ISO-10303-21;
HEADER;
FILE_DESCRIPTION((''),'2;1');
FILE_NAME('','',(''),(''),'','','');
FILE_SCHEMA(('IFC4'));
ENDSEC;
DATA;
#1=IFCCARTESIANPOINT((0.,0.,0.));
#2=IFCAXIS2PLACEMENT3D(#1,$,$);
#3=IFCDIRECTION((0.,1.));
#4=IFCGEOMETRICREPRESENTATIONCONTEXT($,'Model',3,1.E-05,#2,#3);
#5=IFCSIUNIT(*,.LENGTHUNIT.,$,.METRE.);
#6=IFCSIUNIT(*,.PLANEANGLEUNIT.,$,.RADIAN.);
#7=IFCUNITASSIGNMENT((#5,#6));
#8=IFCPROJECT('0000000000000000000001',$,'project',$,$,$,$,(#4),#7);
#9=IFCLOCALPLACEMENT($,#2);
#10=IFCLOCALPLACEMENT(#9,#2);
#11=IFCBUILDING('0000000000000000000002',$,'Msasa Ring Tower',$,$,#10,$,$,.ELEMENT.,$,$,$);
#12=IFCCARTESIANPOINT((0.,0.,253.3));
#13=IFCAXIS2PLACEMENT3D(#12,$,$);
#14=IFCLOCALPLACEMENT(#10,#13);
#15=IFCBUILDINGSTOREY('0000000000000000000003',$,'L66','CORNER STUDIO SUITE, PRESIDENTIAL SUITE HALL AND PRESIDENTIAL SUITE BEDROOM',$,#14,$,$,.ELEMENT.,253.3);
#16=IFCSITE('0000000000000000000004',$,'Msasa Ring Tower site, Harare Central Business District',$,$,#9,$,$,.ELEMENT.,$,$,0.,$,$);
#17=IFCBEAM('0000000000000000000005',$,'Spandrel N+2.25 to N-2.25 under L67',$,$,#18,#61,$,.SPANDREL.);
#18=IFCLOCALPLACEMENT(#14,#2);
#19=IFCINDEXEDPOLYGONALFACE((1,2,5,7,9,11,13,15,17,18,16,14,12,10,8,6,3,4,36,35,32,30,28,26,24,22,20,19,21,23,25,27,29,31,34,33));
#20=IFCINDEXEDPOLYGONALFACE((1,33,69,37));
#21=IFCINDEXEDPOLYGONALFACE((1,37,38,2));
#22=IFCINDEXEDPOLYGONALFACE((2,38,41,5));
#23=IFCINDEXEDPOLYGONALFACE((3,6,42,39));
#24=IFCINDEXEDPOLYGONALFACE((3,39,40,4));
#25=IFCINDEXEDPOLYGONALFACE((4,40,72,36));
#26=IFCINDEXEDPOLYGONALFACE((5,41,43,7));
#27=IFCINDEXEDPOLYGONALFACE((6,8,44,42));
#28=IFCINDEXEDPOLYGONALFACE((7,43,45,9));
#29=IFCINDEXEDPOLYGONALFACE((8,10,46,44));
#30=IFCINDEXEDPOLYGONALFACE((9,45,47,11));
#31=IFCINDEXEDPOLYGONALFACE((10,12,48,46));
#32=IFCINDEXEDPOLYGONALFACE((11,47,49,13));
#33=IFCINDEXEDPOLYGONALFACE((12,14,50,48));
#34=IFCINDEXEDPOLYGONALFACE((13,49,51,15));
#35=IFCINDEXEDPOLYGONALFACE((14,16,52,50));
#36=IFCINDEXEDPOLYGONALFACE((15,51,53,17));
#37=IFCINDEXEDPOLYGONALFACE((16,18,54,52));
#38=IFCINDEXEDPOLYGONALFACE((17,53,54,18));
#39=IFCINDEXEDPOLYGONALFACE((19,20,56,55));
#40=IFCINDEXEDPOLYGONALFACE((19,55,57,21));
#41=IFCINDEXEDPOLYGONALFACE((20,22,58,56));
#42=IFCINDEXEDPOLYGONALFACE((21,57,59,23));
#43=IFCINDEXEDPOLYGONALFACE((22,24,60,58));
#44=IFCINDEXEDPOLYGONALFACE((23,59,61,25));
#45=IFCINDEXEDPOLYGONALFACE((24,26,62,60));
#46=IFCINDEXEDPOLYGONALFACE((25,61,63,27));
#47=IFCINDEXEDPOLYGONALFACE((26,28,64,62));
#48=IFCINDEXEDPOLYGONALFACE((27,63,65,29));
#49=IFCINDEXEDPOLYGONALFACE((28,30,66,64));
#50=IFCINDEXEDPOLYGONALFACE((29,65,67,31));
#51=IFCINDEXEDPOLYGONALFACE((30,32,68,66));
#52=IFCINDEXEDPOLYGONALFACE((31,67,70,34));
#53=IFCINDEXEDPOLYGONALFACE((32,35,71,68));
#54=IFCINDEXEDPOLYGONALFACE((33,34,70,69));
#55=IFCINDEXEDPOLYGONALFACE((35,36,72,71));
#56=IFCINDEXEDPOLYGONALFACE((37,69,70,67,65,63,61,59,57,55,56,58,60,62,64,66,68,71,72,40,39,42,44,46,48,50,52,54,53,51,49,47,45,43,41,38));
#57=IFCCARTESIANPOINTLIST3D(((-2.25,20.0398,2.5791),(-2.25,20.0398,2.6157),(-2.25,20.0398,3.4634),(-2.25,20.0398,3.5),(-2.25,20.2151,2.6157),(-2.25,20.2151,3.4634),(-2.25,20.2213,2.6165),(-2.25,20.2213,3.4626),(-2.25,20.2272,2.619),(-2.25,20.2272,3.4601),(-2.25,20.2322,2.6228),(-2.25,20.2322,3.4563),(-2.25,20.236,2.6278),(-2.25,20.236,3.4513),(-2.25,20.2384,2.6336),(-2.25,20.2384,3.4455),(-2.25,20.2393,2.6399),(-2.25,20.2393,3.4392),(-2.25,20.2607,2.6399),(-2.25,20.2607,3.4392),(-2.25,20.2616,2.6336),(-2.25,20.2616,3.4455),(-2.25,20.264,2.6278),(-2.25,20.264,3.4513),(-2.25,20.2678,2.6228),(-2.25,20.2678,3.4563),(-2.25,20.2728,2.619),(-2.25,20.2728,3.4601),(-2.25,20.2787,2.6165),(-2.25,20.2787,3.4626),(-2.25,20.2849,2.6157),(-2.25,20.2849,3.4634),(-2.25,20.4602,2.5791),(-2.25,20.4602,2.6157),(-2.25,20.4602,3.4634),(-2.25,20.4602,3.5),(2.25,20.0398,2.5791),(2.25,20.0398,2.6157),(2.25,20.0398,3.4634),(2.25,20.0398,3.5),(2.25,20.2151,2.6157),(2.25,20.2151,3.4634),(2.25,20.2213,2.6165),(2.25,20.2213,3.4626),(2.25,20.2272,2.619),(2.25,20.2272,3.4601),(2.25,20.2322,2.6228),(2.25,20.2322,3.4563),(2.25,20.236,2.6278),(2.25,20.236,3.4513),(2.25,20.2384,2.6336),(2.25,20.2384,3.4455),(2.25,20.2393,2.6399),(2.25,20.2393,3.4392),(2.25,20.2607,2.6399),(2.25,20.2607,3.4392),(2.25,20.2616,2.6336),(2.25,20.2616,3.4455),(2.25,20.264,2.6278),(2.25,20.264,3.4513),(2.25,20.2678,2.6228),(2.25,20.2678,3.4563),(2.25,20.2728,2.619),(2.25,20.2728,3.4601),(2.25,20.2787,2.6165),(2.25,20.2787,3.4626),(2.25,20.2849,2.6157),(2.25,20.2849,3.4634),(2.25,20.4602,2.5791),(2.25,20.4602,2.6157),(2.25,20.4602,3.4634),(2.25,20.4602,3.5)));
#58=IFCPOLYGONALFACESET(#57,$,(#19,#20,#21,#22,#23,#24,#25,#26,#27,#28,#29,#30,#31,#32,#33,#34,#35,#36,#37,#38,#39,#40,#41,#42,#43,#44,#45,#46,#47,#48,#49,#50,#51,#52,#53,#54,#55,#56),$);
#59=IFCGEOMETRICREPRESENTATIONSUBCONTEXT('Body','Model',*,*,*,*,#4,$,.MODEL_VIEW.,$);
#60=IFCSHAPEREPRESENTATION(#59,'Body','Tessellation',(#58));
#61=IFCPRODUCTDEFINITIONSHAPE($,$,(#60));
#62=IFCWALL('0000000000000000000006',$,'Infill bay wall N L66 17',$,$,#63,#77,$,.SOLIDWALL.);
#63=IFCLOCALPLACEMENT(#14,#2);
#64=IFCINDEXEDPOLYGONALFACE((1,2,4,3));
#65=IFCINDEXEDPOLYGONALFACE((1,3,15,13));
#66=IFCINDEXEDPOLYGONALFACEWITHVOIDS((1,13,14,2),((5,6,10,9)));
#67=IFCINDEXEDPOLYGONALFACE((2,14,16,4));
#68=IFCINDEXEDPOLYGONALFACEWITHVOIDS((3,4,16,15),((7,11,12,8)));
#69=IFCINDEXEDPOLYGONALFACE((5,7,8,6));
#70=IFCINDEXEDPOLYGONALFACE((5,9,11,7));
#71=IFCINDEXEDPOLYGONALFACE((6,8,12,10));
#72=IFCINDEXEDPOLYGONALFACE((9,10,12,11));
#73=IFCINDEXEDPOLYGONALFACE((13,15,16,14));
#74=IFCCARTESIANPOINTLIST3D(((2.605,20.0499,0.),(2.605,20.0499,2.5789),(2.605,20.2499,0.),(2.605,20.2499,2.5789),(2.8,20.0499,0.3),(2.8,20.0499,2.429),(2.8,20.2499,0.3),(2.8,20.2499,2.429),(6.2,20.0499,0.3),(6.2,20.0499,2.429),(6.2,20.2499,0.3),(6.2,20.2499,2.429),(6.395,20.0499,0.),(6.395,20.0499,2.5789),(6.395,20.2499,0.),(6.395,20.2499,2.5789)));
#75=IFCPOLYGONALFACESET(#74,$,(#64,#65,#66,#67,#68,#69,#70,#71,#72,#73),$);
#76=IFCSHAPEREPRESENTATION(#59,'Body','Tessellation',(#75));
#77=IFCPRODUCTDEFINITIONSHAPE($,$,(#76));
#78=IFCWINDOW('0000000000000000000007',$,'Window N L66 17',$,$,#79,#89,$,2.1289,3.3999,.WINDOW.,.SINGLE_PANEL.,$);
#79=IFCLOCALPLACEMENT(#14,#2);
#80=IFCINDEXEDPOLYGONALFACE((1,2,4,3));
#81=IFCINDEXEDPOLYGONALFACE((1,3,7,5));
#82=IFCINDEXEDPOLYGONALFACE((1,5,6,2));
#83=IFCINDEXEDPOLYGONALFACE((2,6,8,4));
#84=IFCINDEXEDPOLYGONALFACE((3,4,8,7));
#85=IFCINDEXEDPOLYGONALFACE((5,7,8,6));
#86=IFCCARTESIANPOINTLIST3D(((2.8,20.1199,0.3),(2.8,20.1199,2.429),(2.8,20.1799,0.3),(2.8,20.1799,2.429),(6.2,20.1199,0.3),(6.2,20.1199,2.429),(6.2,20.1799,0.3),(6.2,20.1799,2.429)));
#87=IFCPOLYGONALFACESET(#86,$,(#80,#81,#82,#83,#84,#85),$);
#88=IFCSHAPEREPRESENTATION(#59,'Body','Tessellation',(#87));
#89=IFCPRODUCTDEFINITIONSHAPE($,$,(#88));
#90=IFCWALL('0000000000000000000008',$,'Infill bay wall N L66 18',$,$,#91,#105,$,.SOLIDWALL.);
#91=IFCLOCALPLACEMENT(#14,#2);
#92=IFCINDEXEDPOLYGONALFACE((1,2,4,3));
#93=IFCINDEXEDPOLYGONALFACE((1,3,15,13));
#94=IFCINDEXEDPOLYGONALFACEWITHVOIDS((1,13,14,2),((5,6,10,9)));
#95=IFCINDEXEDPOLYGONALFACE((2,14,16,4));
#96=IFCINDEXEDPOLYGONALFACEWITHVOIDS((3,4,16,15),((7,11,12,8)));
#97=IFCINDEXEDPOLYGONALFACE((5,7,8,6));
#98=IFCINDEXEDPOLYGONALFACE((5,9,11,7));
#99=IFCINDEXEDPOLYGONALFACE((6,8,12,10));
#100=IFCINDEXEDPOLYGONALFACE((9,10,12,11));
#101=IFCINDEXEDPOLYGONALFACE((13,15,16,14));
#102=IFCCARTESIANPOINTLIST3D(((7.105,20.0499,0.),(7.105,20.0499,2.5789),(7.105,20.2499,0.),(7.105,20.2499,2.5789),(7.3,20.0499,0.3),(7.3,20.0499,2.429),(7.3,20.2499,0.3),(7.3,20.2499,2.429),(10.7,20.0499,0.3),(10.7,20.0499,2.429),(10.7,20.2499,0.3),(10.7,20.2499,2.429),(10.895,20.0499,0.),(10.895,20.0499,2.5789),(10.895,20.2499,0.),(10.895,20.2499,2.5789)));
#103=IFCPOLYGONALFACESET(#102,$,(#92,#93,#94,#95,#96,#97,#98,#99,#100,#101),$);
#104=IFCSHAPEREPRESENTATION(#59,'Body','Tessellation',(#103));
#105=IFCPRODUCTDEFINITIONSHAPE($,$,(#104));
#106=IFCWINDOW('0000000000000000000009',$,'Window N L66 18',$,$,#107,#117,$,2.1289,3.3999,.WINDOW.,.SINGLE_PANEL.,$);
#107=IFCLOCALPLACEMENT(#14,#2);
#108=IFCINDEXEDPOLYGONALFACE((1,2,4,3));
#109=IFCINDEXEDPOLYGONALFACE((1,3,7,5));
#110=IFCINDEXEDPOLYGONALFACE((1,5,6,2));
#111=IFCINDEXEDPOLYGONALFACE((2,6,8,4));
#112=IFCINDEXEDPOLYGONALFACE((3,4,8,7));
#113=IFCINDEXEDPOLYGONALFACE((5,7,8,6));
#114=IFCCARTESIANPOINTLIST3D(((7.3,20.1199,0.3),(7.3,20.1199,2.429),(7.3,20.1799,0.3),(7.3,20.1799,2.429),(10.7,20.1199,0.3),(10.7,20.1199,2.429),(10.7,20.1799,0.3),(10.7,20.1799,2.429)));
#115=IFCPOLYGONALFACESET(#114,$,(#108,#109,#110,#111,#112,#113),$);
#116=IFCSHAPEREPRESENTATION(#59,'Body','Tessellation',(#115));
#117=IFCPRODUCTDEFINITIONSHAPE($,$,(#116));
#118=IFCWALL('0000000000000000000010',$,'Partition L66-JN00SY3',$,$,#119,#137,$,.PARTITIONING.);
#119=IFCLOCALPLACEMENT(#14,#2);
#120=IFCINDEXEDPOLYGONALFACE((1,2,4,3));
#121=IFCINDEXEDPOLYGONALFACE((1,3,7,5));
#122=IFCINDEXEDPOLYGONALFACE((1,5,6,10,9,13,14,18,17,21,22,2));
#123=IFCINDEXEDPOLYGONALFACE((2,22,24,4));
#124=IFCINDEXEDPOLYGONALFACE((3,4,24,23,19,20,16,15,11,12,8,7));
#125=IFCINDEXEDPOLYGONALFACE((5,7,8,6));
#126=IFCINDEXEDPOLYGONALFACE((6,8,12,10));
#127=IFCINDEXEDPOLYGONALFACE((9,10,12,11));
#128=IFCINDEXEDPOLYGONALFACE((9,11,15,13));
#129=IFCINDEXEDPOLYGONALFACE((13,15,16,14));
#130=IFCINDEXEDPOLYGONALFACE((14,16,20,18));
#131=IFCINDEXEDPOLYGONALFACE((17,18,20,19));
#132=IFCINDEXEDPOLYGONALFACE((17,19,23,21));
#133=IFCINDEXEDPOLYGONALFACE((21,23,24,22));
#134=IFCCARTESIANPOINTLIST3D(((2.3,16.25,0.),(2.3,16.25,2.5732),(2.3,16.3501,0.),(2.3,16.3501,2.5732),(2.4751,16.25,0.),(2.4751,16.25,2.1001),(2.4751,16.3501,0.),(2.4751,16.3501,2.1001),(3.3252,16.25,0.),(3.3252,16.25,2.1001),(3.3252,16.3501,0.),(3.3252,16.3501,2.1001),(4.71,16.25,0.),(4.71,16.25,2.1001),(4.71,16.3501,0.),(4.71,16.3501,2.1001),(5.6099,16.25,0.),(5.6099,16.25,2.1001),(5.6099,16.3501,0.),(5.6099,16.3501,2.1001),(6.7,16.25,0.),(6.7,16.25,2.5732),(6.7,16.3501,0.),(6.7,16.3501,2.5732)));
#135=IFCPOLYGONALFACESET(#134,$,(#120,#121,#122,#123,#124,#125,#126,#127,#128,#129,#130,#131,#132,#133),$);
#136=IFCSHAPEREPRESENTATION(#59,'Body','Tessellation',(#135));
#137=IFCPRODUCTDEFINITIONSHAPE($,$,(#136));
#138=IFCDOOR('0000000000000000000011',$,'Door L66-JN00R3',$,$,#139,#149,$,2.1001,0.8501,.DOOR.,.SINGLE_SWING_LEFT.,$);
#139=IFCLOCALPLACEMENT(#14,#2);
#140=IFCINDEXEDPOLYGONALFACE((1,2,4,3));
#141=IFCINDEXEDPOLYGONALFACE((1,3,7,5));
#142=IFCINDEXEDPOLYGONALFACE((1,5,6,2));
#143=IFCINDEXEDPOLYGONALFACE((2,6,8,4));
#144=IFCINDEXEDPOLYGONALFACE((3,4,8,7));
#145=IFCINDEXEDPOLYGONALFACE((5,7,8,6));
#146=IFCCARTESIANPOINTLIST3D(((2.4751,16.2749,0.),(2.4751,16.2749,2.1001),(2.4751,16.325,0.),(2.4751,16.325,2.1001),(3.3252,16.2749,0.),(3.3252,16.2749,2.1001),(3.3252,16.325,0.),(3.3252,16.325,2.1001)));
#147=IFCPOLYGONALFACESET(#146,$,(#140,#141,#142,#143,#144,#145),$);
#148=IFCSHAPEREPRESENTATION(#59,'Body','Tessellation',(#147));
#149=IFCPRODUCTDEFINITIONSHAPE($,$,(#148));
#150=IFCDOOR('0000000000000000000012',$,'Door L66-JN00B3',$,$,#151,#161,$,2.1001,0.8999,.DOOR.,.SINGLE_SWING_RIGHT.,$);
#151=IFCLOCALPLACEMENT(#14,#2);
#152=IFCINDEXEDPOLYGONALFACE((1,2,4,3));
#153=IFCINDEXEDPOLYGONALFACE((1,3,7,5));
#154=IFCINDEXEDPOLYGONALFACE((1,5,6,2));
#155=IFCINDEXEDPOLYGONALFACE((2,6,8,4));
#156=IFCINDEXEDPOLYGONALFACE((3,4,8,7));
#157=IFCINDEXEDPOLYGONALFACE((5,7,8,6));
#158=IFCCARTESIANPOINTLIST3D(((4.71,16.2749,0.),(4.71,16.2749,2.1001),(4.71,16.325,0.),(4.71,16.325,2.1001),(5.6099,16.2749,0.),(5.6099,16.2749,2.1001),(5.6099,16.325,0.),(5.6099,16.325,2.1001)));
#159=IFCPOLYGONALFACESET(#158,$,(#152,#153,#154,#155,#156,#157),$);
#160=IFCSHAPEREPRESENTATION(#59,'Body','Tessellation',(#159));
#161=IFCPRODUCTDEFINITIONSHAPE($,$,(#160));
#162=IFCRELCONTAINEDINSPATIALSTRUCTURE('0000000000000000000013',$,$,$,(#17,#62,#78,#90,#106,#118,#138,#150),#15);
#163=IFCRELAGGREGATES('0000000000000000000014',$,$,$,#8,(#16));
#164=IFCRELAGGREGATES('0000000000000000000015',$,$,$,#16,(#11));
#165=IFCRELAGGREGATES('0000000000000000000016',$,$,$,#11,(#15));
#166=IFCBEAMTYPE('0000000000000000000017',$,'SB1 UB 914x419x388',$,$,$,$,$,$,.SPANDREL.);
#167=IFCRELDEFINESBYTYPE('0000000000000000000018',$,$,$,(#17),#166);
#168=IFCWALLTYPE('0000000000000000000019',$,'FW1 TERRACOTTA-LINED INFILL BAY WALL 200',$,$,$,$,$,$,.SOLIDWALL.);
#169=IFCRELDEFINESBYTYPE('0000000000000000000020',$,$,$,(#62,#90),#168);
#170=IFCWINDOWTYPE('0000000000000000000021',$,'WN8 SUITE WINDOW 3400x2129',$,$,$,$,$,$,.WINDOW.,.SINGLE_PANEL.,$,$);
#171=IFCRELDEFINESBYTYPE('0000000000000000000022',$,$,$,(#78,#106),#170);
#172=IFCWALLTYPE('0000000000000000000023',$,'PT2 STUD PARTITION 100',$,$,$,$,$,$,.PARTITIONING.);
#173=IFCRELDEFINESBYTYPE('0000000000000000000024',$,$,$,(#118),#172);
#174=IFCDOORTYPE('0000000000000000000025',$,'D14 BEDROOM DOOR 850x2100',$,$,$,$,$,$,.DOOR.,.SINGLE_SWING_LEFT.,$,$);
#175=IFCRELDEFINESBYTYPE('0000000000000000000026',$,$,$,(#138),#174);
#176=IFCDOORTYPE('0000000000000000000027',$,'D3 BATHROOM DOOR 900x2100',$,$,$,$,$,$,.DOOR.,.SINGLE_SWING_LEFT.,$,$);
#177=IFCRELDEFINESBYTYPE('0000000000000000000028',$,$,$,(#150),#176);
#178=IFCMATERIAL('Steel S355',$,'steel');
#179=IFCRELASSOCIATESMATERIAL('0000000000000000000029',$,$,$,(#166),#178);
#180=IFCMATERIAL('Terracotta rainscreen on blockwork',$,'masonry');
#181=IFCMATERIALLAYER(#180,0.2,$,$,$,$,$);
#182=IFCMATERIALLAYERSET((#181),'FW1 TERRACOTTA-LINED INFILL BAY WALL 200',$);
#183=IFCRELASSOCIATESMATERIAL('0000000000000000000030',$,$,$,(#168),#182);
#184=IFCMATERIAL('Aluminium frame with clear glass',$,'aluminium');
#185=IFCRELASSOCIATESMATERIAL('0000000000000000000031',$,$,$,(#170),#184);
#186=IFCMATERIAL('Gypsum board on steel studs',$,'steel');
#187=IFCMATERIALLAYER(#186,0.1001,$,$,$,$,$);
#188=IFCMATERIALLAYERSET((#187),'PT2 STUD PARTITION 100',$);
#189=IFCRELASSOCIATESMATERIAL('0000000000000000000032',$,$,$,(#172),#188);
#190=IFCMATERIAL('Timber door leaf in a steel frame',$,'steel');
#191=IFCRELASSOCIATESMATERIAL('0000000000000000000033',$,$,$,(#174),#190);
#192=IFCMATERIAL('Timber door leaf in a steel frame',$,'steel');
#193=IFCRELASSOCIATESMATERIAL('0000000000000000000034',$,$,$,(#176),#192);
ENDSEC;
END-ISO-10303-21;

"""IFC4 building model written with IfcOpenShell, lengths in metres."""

from ifc_helpers import new_model, si_unit, direction, frame, frame_2d, origin, origin_2d, place, context, subcontext, project, spatial, rectangle, i_section, extrude, material, layer, layer_set, material_profile, profile_set, type_object, element, fill, save


model = new_model("IFC4")

# Units and contexts
model_context = context("Model", 3, precision=1e-05, world=origin(), true_north=direction((0.0, 1.0)))
body_context = subcontext(model_context, "Body", "Model", "MODEL_VIEW")
ifc_project = project(units=[si_unit("LENGTHUNIT", "METRE"), si_unit("PLANEANGLEUNIT", "RADIAN")], contexts=[model_context])

# Site, building, storey
site_placement = place(None, origin())
site = spatial("IfcSite", under=ifc_project, at=site_placement, Name="Msasa Ring Tower site, Harare Central Business District", CompositionType="ELEMENT", RefElevation=0.0)
building_placement = place(site_placement, origin())
building = spatial("IfcBuilding", under=site, at=building_placement, Name="Msasa Ring Tower", CompositionType="ELEMENT")
storey_placement = place(building_placement, frame((0.0, 0.0, 253.3)))
storey = spatial("IfcBuildingStorey", under=building, at=storey_placement, Name="L66", Description="CORNER STUDIO SUITE, PRESIDENTIAL SUITE HALL AND PRESIDENTIAL SUITE BEDROOM", CompositionType="ELEMENT", Elevation=253.3)

# Beam
ifc_material_1 = material(Name="Steel S355", Category="steel")
ifc_material_profile_1 = material_profile(ifc_material_1, i_section(OverallWidth=0.4204, OverallDepth=0.9209, WebThickness=0.0215, FlangeThickness=0.0366, FilletRadius=0.0242, at=origin_2d()), Name="UB 914x419x388")
ifc_profile_set_1 = profile_set([ifc_material_profile_1], Name="Steel S355")
beam_type_1 = type_object("IfcBeamType", Name="SB1 UB 914x419x388", PredefinedType="SPANDREL", material=ifc_profile_set_1)
for number, where, z_axis, x_axis, name in (
    (1, (2.25, 20.25, 3.0396), (-1.0, 0.0, 0.0), (0.0, -1.0, 0.0), "Spandrel N+2.25 to N-2.25 under L67"),
):
    element("IfcBeam", number, at=place(storey_placement, frame(where, z_axis=z_axis, x_axis=x_axis)), inside=storey, type_object=beam_type_1, Name=name, PredefinedType="SPANDREL", context=body_context, shape_type="SweptSolid", body=[
        extrude(i_section(OverallWidth=0.4204, OverallDepth=0.9209, WebThickness=0.0215, FlangeThickness=0.0366, FilletRadius=0.0242, at=origin_2d()), origin(), (0.0, 0.0, 1.0), 4.5),
    ])

# Walls, openings, windows
ifc_material_2 = material(Name="Terracotta rainscreen on blockwork", Category="masonry")
ifc_layer_1 = layer(ifc_material_2, 0.2)
ifc_layer_set_1 = layer_set([ifc_layer_1], Name="FW1 TERRACOTTA-LINED INFILL BAY WALL 200")
wall_type_1 = type_object("IfcWallType", Name="FW1 TERRACOTTA-LINED INFILL BAY WALL 200", PredefinedType="SOLIDWALL", material=ifc_layer_set_1)
wall_1_placement = place(storey_placement, frame((2.605, 20.1499, 0.0), z_axis=(0.0, 0.0, 1.0), x_axis=(1.0, 0.0, 0.0)))
wall_1 = element("IfcWall", 2, at=wall_1_placement, inside=storey, type_object=wall_type_1, Name="Infill bay wall N L66 17", PredefinedType="SOLIDWALL", context=body_context, shape_type="SweptSolid", body=[
    extrude(rectangle(XDim=3.79, YDim=0.2, at=frame_2d((1.895, 0.0))), origin(), (0.0, 0.0, 1.0), 2.5789),
])
opening_1_placement = place(wall_1_placement, frame((0.1951, 0.0, 0.3)))
opening_1 = element("IfcOpeningElement", 3, at=opening_1_placement, cuts=wall_1, PredefinedType="OPENING", context=body_context, shape_type="SweptSolid", body=[
    extrude(rectangle(XDim=3.3999, YDim=2.1289, at=frame_2d((1.7, 1.0645))), frame((0.0, 0.1099, 0.0), z_axis=(0.0, -1.0, 0.0), x_axis=(1.0, 0.0, 0.0)), (0.0, 0.0, 1.0), 0.22),
])
ifc_material_3 = material(Name="Aluminium frame with clear glass", Category="aluminium")
window_type = type_object("IfcWindowType", Name="WN8 SUITE WINDOW 3400x2129", PartitioningType="SINGLE_PANEL", PredefinedType="WINDOW", material=ifc_material_3)
window_1_placement = place(opening_1_placement, origin())
window_1 = element("IfcWindow", 4, at=window_1_placement, inside=storey, type_object=window_type, Name="Window N L66 17", OverallHeight=2.1289, OverallWidth=3.3999, PartitioningType="SINGLE_PANEL", PredefinedType="WINDOW", context=body_context, shape_type="SweptSolid", body=[
    extrude(rectangle(XDim=3.3999, YDim=2.1289, at=frame_2d((1.7, 1.0645))), frame((0.0, 0.03, 0.0), z_axis=(0.0, -1.0, 0.0), x_axis=(1.0, 0.0, 0.0)), (0.0, 0.0, 1.0), 0.0601),
])
fill(opening_1, window_1)
wall_2_placement = place(storey_placement, frame((7.105, 20.1499, 0.0), z_axis=(0.0, 0.0, 1.0), x_axis=(1.0, 0.0, 0.0)))
wall_2 = element("IfcWall", 5, at=wall_2_placement, inside=storey, type_object=wall_type_1, Name="Infill bay wall N L66 18", PredefinedType="SOLIDWALL", context=body_context, shape_type="SweptSolid", body=[
    extrude(rectangle(XDim=3.79, YDim=0.2, at=frame_2d((1.895, 0.0))), origin(), (0.0, 0.0, 1.0), 2.5789),
])
opening_2_placement = place(wall_2_placement, frame((0.1951, 0.0, 0.3)))
opening_2 = element("IfcOpeningElement", 6, at=opening_2_placement, cuts=wall_2, PredefinedType="OPENING", context=body_context, shape_type="SweptSolid", body=[
    extrude(rectangle(XDim=3.3999, YDim=2.1289, at=frame_2d((1.7, 1.0645))), frame((0.0, 0.1099, 0.0), z_axis=(0.0, -1.0, 0.0), x_axis=(1.0, 0.0, 0.0)), (0.0, 0.0, 1.0), 0.22),
])
window_2_placement = place(opening_2_placement, origin())
window_2 = element("IfcWindow", 7, at=window_2_placement, inside=storey, type_object=window_type, Name="Window N L66 18", OverallHeight=2.1289, OverallWidth=3.3999, PartitioningType="SINGLE_PANEL", PredefinedType="WINDOW", context=body_context, shape_type="SweptSolid", body=[
    extrude(rectangle(XDim=3.3999, YDim=2.1289, at=frame_2d((1.7, 1.0645))), frame((0.0, 0.03, 0.0), z_axis=(0.0, -1.0, 0.0), x_axis=(1.0, 0.0, 0.0)), (0.0, 0.0, 1.0), 0.0601),
])
fill(opening_2, window_2)

# Wall, openings, doors
ifc_material_4 = material(Name="Gypsum board on steel studs", Category="steel")
ifc_layer_2 = layer(ifc_material_4, 0.1001)
ifc_layer_set_2 = layer_set([ifc_layer_2], Name="PT2 STUD PARTITION 100")
wall_type_2 = type_object("IfcWallType", Name="PT2 STUD PARTITION 100", PredefinedType="PARTITIONING", material=ifc_layer_set_2)
wall_3_placement = place(storey_placement, frame((2.3, 16.3, 0.0), z_axis=(0.0, 0.0, 1.0), x_axis=(1.0, 0.0, 0.0)))
wall_3 = element("IfcWall", 8, at=wall_3_placement, inside=storey, type_object=wall_type_2, Name="Partition L66-JN00SY3", PredefinedType="PARTITIONING", context=body_context, shape_type="SweptSolid", body=[
    extrude(rectangle(XDim=4.3999, YDim=0.1001, at=frame_2d((2.2, 0.0))), origin(), (0.0, 0.0, 1.0), 2.5732),
])
opening_3_placement = place(wall_3_placement, frame((0.175, 0.0, 0.0)))
opening_3 = element("IfcOpeningElement", 9, at=opening_3_placement, cuts=wall_3, PredefinedType="OPENING", context=body_context, shape_type="SweptSolid", body=[
    extrude(rectangle(XDim=0.8501, YDim=2.1001, at=frame_2d((0.425, 1.05))), frame((0.0, 0.0601, 0.0), z_axis=(0.0, -1.0, 0.0), x_axis=(1.0, 0.0, 0.0)), (0.0, 0.0, 1.0), 0.1201),
])
opening_4_placement = place(wall_3_placement, frame((2.4099, 0.0, 0.0)))
opening_4 = element("IfcOpeningElement", 10, at=opening_4_placement, cuts=wall_3, PredefinedType="OPENING", context=body_context, shape_type="SweptSolid", body=[
    extrude(rectangle(XDim=0.8999, YDim=2.1001, at=frame_2d((0.45, 1.05))), frame((0.0, 0.0601, 0.0), z_axis=(0.0, -1.0, 0.0), x_axis=(1.0, 0.0, 0.0)), (0.0, 0.0, 1.0), 0.1201),
])
ifc_material_5 = material(Name="Timber door leaf in a steel frame", Category="steel")
door_type_1 = type_object("IfcDoorType", Name="D14 BEDROOM DOOR 850x2100", OperationType="SINGLE_SWING_LEFT", PredefinedType="DOOR", material=ifc_material_5)
door_1_placement = place(opening_3_placement, origin())
door_1 = element("IfcDoor", 11, at=door_1_placement, inside=storey, type_object=door_type_1, Name="Door L66-JN00R3", OperationType="SINGLE_SWING_LEFT", OverallHeight=2.1001, OverallWidth=0.8501, PredefinedType="DOOR", context=body_context, shape_type="SweptSolid", body=[
    extrude(rectangle(XDim=0.8501, YDim=2.1001, at=frame_2d((0.425, 1.05))), frame((0.0, 0.0249, 0.0), z_axis=(0.0, -1.0, 0.0), x_axis=(1.0, 0.0, 0.0)), (0.0, 0.0, 1.0), 0.05),
])
fill(opening_3, door_1)
ifc_material_6 = material(Name="Timber door leaf in a steel frame", Category="steel")
door_type_2 = type_object("IfcDoorType", Name="D3 BATHROOM DOOR 900x2100", OperationType="SINGLE_SWING_LEFT", PredefinedType="DOOR", material=ifc_material_6)
door_2_placement = place(opening_4_placement, origin())
door_2 = element("IfcDoor", 12, at=door_2_placement, inside=storey, type_object=door_type_2, Name="Door L66-JN00B3", OperationType="SINGLE_SWING_RIGHT", OverallHeight=2.1001, OverallWidth=0.8999, PredefinedType="DOOR", context=body_context, shape_type="SweptSolid", body=[
    extrude(rectangle(XDim=0.8999, YDim=2.1001, at=frame_2d((0.45, 1.05))), frame((0.0, 0.0249, 0.0), z_axis=(0.0, -1.0, 0.0), x_axis=(1.0, 0.0, 0.0)), (0.0, 0.0, 1.0), 0.05),
])
fill(opening_4, door_2)

save(model, "model.ifc")
